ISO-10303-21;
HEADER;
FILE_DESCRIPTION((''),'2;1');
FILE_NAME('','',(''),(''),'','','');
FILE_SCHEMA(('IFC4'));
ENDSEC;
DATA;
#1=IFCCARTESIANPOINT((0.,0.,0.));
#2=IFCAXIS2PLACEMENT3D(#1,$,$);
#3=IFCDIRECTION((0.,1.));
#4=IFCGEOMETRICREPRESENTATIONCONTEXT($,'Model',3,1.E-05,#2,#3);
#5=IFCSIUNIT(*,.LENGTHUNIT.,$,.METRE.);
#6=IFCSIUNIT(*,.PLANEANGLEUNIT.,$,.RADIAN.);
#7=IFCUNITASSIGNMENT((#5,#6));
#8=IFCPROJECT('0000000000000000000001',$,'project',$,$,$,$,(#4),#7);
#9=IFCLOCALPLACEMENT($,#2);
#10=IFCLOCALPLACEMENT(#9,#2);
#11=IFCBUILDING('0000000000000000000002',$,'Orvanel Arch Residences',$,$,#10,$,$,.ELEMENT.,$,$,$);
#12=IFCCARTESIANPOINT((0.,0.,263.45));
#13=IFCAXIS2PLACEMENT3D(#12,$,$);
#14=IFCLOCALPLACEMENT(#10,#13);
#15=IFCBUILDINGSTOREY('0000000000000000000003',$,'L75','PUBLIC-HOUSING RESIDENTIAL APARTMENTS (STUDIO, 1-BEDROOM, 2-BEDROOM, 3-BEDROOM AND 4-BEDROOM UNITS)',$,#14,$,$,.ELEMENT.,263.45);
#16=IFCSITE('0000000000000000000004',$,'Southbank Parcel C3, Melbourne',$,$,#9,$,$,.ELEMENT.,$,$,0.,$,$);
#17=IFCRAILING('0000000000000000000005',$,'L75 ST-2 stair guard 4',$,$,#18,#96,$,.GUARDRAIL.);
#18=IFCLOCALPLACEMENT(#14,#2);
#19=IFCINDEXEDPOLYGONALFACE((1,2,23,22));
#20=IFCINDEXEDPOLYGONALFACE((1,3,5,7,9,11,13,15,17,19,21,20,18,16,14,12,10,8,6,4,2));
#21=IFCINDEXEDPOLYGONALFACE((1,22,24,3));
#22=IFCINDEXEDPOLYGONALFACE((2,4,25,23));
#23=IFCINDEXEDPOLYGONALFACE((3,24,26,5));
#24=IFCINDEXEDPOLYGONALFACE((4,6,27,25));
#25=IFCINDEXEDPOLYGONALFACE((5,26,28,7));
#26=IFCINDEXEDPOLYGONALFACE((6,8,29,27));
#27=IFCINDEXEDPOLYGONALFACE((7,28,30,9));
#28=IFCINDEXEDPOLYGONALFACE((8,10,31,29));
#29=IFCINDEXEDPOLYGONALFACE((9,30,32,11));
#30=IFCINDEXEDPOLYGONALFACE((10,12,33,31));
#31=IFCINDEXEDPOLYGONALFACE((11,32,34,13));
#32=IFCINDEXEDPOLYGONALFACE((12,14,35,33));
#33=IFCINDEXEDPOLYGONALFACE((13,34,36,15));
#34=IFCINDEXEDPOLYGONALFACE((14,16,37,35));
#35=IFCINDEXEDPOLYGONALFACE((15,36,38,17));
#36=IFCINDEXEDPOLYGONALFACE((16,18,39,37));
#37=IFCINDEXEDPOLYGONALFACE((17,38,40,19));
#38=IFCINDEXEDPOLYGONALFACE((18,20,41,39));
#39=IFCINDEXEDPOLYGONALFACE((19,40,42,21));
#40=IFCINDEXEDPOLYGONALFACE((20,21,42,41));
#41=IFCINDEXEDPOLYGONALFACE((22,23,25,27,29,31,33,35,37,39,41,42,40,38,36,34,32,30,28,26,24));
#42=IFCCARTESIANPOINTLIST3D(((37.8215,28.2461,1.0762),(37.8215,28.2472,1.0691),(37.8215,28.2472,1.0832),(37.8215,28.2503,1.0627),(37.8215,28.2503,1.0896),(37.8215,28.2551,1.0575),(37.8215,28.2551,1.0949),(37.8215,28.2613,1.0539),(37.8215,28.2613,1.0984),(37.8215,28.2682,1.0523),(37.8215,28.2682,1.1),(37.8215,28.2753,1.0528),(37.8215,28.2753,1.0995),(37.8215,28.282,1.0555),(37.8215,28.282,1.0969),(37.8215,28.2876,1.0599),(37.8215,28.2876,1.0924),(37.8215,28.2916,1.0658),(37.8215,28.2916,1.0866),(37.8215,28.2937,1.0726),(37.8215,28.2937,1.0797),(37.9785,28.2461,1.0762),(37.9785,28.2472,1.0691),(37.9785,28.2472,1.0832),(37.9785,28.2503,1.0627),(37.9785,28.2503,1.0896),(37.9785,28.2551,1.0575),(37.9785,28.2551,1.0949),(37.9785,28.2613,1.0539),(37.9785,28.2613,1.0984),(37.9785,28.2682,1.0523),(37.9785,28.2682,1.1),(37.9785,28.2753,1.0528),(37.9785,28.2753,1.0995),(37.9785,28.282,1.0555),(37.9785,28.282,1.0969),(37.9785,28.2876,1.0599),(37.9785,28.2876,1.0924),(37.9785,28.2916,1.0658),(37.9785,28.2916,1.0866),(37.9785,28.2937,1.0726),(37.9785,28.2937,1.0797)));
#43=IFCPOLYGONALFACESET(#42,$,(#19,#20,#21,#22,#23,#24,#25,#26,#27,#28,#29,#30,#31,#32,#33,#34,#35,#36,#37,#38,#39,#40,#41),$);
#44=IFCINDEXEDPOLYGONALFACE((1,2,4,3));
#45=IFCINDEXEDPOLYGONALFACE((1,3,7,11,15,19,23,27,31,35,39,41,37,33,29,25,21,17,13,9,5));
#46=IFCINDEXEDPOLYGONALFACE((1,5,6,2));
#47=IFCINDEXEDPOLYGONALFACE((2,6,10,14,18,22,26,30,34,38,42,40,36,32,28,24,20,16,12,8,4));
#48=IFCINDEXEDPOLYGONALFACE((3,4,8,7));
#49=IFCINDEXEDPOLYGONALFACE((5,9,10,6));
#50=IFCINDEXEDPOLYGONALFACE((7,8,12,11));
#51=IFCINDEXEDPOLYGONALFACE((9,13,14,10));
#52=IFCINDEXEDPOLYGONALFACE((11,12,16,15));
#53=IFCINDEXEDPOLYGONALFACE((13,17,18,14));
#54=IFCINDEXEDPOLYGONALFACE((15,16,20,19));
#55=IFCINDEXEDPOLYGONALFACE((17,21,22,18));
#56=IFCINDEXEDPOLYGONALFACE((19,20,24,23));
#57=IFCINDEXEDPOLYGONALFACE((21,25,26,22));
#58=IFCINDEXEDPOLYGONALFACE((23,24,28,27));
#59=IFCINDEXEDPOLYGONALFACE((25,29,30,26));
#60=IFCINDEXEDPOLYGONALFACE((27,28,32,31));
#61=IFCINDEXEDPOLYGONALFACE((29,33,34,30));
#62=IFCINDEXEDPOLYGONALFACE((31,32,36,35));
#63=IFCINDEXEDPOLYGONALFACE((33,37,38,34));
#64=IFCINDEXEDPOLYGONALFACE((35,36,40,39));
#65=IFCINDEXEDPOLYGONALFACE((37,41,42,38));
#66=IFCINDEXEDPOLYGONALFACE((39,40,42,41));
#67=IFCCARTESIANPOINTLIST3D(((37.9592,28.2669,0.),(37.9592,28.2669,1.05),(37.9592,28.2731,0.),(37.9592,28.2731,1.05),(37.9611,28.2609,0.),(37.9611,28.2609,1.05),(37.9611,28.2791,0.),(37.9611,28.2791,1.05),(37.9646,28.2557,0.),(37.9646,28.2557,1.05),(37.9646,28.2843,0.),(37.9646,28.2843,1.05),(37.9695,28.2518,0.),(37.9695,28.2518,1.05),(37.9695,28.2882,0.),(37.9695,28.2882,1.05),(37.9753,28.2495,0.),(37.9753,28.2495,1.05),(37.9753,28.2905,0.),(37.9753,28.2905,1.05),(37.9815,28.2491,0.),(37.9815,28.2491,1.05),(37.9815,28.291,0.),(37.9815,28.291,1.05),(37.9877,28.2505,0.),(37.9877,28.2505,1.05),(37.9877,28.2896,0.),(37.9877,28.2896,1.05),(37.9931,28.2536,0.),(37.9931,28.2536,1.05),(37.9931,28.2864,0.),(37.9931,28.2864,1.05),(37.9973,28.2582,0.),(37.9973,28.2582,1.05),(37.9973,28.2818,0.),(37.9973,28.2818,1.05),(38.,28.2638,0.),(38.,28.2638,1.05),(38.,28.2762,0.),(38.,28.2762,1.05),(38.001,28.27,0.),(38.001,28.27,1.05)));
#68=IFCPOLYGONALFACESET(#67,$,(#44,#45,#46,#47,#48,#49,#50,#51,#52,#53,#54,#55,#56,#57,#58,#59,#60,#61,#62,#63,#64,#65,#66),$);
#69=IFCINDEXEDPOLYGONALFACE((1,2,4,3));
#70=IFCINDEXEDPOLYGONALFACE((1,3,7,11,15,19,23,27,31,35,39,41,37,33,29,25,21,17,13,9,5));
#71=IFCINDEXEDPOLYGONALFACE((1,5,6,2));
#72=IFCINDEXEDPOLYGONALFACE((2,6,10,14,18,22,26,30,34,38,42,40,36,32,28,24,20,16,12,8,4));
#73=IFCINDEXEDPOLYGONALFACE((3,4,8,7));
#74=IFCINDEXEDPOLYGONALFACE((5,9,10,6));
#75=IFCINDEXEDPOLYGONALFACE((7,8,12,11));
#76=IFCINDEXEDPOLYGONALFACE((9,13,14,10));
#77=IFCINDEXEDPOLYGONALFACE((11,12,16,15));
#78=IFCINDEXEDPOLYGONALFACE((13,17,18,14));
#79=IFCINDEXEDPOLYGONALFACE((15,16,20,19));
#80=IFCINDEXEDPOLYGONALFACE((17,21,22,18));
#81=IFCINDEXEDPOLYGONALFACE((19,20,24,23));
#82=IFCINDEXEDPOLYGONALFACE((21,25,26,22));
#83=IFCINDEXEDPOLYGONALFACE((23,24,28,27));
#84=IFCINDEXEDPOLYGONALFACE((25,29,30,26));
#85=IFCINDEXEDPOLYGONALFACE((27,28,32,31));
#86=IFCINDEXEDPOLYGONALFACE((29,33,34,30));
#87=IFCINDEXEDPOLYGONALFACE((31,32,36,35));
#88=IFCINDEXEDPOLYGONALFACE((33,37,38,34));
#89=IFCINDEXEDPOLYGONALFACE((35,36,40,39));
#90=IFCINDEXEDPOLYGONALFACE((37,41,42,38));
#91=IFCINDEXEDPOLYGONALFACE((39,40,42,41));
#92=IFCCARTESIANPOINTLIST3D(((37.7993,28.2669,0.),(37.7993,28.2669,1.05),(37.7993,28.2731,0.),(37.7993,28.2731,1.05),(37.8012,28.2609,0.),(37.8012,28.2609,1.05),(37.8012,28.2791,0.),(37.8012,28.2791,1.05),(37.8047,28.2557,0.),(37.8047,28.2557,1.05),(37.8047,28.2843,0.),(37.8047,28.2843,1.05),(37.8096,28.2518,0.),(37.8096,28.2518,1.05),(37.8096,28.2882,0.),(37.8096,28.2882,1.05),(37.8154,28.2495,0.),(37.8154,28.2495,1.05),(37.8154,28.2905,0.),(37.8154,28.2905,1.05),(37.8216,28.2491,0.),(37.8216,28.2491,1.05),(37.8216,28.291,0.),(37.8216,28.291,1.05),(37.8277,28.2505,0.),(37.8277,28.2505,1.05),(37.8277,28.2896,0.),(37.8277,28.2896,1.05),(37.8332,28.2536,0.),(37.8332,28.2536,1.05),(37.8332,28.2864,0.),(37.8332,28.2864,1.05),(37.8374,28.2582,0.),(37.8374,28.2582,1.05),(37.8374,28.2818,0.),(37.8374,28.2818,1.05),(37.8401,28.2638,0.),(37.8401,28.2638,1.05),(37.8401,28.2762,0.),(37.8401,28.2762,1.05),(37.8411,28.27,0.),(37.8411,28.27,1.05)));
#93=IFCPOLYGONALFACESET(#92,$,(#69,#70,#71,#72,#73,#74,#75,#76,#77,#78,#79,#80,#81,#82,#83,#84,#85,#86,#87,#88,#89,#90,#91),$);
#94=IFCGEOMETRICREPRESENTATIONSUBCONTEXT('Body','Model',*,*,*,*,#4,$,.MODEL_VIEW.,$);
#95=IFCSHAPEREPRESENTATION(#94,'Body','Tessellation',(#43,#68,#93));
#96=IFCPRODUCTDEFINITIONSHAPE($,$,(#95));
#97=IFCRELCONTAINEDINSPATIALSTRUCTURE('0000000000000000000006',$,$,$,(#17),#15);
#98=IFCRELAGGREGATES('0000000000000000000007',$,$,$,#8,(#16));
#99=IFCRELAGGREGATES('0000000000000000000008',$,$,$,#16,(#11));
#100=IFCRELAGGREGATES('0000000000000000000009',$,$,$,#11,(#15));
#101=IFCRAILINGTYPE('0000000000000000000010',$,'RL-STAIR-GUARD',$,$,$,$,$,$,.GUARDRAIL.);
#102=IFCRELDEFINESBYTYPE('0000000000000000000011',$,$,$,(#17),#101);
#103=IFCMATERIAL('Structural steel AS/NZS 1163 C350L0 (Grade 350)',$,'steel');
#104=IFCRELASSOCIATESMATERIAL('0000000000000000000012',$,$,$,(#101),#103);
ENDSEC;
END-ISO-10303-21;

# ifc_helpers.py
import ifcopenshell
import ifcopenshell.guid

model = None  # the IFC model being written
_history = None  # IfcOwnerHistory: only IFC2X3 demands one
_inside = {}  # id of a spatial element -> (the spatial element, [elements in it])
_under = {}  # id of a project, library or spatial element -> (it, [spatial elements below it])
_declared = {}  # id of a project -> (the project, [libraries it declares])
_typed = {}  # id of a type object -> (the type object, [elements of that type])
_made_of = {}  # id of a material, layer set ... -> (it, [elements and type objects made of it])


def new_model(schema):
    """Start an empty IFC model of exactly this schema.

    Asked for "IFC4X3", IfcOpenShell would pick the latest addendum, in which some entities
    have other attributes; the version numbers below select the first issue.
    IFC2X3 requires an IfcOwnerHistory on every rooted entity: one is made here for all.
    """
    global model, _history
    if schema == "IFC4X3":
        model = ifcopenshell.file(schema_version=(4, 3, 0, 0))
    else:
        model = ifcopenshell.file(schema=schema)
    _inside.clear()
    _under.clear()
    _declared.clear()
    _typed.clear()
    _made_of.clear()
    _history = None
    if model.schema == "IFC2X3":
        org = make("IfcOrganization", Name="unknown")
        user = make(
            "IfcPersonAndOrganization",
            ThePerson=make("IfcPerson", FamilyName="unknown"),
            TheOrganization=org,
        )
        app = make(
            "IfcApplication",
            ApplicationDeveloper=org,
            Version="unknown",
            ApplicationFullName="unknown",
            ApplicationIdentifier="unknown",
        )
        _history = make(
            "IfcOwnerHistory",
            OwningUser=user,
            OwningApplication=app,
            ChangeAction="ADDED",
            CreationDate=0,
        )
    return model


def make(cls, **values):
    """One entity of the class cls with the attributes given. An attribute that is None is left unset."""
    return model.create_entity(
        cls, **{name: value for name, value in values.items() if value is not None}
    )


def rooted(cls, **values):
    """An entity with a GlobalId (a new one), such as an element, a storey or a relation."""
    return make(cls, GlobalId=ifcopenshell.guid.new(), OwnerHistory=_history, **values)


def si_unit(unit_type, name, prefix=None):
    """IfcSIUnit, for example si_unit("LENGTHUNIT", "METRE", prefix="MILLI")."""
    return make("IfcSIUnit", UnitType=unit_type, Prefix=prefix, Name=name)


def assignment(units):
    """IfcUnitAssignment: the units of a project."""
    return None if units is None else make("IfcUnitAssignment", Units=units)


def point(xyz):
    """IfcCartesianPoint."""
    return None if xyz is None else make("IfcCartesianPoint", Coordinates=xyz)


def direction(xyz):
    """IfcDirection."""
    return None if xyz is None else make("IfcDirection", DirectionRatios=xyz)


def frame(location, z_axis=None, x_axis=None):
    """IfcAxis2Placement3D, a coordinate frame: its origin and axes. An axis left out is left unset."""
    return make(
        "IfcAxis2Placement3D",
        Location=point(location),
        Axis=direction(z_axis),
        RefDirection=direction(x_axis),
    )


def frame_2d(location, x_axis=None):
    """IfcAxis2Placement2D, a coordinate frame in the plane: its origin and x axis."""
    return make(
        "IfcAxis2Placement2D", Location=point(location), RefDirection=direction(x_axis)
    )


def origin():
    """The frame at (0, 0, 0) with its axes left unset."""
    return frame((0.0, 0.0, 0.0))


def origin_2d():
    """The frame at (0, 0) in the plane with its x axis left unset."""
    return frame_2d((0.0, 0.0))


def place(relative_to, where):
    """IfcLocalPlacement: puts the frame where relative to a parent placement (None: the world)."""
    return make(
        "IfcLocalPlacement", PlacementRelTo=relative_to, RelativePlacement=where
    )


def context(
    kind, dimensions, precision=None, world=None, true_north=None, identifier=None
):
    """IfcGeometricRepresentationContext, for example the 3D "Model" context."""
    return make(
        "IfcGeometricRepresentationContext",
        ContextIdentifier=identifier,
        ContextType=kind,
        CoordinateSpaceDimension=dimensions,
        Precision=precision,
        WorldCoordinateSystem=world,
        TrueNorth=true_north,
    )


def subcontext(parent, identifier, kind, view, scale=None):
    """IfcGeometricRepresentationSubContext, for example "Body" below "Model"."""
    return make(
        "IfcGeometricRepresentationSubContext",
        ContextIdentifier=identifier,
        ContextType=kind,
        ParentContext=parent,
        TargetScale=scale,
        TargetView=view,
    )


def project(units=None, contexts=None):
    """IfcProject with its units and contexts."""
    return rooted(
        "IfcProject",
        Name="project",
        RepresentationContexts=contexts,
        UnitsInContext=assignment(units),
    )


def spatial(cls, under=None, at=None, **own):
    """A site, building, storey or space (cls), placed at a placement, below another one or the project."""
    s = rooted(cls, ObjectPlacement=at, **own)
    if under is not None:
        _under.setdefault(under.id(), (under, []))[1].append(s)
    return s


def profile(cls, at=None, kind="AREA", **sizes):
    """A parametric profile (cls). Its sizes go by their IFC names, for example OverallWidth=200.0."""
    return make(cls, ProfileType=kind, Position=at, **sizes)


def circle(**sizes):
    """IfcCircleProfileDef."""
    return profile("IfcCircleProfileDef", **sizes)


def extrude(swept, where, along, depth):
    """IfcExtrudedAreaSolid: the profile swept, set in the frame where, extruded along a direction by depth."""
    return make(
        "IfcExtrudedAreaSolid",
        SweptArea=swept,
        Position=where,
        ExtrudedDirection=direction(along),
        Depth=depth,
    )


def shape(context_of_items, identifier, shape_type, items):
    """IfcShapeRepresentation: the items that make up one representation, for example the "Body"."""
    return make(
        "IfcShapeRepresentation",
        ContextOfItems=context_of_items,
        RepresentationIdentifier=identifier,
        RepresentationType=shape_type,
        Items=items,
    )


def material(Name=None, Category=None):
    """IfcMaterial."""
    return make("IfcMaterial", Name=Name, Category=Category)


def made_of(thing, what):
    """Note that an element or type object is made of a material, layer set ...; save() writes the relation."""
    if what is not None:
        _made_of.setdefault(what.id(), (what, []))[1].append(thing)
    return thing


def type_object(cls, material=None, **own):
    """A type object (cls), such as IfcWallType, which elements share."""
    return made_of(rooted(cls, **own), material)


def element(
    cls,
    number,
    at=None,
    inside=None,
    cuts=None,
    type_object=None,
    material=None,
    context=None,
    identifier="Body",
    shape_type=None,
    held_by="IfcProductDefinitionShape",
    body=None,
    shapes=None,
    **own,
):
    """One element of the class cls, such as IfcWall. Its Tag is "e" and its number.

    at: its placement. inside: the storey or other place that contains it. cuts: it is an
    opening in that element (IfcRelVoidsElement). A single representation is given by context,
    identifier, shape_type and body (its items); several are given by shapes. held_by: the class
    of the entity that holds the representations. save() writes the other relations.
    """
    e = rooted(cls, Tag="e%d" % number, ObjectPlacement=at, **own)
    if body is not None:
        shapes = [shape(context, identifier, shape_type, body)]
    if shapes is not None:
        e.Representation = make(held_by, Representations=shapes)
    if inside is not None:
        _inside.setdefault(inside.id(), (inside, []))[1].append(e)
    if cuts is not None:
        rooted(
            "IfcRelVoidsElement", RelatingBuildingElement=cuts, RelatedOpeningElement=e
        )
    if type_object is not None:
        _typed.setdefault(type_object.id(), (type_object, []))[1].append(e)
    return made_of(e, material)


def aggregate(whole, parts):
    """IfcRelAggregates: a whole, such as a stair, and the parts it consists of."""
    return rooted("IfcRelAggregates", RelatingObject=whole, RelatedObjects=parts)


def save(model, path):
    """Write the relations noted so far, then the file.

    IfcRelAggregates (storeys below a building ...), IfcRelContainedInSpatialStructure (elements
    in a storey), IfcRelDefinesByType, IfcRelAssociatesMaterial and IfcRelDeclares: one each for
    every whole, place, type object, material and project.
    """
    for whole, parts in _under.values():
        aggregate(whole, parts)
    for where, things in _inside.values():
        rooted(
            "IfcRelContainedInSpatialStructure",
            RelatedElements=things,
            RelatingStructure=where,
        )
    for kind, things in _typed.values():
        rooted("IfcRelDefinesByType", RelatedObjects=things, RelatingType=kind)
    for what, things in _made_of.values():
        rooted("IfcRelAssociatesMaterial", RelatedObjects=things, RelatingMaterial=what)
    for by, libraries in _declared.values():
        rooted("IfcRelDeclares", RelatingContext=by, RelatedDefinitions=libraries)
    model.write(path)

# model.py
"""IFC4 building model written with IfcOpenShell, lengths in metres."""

from ifc_helpers import new_model, si_unit, direction, frame, origin, origin_2d, place, context, subcontext, project, spatial, circle, extrude, material, type_object, element, save


model = new_model("IFC4")

# Units and contexts
model_context = context("Model", 3, precision=1e-05, world=origin(), true_north=direction((0.0, 1.0)))
body_context = subcontext(model_context, "Body", "Model", "MODEL_VIEW")
ifc_project = project(units=[si_unit("LENGTHUNIT", "METRE"), si_unit("PLANEANGLEUNIT", "RADIAN")], contexts=[model_context])

# Site, building, storey
site_placement = place(None, origin())
site = spatial("IfcSite", under=ifc_project, at=site_placement, Name="Southbank Parcel C3, Melbourne", CompositionType="ELEMENT", RefElevation=0.0)
building_placement = place(site_placement, origin())
building = spatial("IfcBuilding", under=site, at=building_placement, Name="Orvanel Arch Residences", CompositionType="ELEMENT")
storey_placement = place(building_placement, frame((0.0, 0.0, 263.45)))
storey = spatial("IfcBuildingStorey", under=building, at=storey_placement, Name="L75", Description="PUBLIC-HOUSING RESIDENTIAL APARTMENTS (STUDIO, 1-BEDROOM, 2-BEDROOM, 3-BEDROOM AND 4-BEDROOM UNITS)", CompositionType="ELEMENT", Elevation=263.45)

# Railing
ifc_material_1 = material(Name="Structural steel AS/NZS 1163 C350L0 (Grade 350)", Category="steel")
railing_type_1 = type_object("IfcRailingType", Name="RL-STAIR-GUARD", PredefinedType="GUARDRAIL", material=ifc_material_1)
railing_1_placement = place(storey_placement, frame((37.98, 28.27, 0.0)))
element("IfcRailing", 1, at=railing_1_placement, inside=storey, type_object=railing_type_1, Name="L75 ST-2 stair guard 4", PredefinedType="GUARDRAIL", context=body_context, shape_type="SweptSolid", body=[
    extrude(circle(Radius=0.0239, at=origin_2d()), frame((-0.0015, 0.0, 1.0762), z_axis=(-1.0, 0.0, 0.0), x_axis=(0.0, -1.0, 0.0)), (0.0, 0.0, 1.0), 0.157),
    extrude(circle(Radius=0.021, at=origin_2d()), origin(), (0.0, 0.0, 1.0), 1.05),
    extrude(circle(Radius=0.021, at=origin_2d()), frame((-0.1599, 0.0, 0.0)), (0.0, 0.0, 1.0), 1.05),
])

save(model, "model.ifc")
